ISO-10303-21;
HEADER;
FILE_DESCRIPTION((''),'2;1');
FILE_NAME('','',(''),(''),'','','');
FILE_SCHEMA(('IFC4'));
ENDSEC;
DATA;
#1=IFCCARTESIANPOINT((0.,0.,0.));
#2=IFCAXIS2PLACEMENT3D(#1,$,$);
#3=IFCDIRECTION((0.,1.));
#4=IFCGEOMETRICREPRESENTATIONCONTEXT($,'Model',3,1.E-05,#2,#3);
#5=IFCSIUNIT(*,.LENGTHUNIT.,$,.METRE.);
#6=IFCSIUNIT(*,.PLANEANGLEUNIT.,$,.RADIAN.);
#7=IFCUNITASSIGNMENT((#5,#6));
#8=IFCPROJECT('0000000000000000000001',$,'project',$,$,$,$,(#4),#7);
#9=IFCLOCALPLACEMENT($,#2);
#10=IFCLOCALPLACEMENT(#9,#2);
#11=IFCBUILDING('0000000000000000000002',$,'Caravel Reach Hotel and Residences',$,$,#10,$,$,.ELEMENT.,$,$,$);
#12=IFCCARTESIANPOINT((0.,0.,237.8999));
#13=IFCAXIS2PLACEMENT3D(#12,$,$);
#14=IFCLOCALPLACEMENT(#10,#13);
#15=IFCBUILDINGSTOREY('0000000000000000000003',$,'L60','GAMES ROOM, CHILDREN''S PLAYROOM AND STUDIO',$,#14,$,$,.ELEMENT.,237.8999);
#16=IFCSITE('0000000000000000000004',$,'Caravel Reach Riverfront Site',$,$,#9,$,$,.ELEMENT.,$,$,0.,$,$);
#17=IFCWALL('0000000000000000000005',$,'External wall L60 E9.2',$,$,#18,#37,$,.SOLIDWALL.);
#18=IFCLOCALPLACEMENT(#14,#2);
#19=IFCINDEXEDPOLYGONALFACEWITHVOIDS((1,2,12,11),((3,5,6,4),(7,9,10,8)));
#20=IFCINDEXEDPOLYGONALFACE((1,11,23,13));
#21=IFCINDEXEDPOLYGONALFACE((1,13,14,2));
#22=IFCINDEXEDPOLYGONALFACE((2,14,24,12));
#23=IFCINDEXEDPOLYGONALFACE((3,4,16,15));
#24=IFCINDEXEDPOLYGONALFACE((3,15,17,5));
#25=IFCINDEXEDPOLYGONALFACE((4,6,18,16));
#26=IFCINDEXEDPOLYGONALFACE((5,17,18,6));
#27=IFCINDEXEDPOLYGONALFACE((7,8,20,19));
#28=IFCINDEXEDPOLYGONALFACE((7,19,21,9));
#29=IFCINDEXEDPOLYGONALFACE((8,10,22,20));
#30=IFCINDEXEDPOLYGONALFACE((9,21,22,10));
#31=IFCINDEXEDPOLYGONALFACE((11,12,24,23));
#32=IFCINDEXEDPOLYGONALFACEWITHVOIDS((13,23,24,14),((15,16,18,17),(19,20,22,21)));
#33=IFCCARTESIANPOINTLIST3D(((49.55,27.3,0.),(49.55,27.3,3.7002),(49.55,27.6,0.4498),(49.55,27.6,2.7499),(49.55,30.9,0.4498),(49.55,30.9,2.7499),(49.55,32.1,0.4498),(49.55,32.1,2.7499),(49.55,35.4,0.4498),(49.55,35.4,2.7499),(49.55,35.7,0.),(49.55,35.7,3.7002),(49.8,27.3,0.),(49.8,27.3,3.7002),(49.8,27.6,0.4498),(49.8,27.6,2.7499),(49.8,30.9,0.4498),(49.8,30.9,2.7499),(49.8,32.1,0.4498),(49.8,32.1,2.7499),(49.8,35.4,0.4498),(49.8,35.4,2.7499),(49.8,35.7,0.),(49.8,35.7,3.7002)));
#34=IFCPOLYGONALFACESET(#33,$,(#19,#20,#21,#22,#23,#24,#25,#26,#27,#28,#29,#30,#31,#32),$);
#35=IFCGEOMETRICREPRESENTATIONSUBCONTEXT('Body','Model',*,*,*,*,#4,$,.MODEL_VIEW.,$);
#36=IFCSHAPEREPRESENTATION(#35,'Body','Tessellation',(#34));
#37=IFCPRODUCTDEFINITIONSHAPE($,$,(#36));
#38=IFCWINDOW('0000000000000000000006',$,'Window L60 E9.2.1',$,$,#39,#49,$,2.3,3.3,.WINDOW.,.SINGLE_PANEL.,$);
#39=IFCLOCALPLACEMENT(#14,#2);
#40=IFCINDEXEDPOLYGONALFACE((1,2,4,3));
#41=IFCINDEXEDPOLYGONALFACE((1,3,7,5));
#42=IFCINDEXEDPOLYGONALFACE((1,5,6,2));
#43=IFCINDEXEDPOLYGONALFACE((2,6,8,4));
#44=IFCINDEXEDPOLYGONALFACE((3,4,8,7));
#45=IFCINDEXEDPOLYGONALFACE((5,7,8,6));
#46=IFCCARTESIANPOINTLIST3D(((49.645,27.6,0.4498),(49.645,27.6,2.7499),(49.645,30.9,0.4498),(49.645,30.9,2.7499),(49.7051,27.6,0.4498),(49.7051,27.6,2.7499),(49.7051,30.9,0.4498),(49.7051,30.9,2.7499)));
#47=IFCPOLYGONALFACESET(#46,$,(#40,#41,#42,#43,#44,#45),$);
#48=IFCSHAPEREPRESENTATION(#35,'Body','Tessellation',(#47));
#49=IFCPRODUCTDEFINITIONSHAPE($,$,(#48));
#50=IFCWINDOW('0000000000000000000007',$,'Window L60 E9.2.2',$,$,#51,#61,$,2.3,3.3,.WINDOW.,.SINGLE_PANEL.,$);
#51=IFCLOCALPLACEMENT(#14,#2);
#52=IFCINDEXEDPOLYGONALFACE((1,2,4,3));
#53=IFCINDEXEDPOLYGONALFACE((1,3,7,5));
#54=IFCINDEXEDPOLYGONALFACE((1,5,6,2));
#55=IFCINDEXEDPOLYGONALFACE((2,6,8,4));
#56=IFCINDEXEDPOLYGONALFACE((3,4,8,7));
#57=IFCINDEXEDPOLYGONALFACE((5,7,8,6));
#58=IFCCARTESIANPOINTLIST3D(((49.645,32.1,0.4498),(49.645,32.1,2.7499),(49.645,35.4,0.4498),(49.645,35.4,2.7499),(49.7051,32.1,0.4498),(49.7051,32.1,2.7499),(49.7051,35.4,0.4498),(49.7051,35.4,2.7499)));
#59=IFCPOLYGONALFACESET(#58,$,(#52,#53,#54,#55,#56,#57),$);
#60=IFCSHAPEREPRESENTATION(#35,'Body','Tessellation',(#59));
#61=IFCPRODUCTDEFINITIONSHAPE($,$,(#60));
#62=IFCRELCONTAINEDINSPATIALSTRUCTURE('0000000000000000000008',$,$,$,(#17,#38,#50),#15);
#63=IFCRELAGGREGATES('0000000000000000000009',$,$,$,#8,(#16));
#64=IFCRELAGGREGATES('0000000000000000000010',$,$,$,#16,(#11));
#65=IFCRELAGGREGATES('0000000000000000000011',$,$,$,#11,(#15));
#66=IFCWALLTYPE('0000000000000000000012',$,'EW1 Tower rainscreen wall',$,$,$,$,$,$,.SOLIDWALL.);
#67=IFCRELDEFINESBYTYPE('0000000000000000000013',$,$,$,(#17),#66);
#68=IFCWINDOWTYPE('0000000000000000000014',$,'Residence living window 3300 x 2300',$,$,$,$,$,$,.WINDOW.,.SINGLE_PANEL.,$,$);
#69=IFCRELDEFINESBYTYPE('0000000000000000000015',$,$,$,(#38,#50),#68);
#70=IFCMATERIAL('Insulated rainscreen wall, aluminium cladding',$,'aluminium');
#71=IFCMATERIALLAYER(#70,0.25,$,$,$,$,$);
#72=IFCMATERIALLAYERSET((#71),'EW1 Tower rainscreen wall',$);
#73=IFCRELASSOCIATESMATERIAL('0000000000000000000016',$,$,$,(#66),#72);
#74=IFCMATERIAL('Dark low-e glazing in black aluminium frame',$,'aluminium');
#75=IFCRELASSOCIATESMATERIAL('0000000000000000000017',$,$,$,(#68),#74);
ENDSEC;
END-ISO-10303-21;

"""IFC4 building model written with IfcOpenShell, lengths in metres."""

from ifc_helpers import new_model, si_unit, direction, frame, frame_2d, origin, place, context, subcontext, project, spatial, rectangle, extrude, material, layer, layer_set, type_object, element, fill, save


model = new_model("IFC4")

# Units and contexts
model_context = context("Model", 3, precision=1e-05, world=origin(), true_north=direction((0.0, 1.0)))
body_context = subcontext(model_context, "Body", "Model", "MODEL_VIEW")
ifc_project = project(units=[si_unit("LENGTHUNIT", "METRE"), si_unit("PLANEANGLEUNIT", "RADIAN")], contexts=[model_context])

# Site, building, storey
site_placement = place(None, origin())
site = spatial("IfcSite", under=ifc_project, at=site_placement, Name="Caravel Reach Riverfront Site", CompositionType="ELEMENT", RefElevation=0.0)
building_placement = place(site_placement, origin())
building = spatial("IfcBuilding", under=site, at=building_placement, Name="Caravel Reach Hotel and Residences", CompositionType="ELEMENT")
storey_placement = place(building_placement, frame((0.0, 0.0, 237.8999)))
storey = spatial("IfcBuildingStorey", under=building, at=storey_placement, Name="L60", Description="GAMES ROOM, CHILDREN'S PLAYROOM AND STUDIO", CompositionType="ELEMENT", Elevation=237.8999)

# Wall, openings, windows
ifc_material_1 = material(Name="Insulated rainscreen wall, aluminium cladding", Category="aluminium")
ifc_layer_1 = layer(ifc_material_1, 0.25)
ifc_layer_set_1 = layer_set([ifc_layer_1], Name="EW1 Tower rainscreen wall")
wall_type_1 = type_object("IfcWallType", Name="EW1 Tower rainscreen wall", PredefinedType="SOLIDWALL", material=ifc_layer_set_1)
ifc_material_2 = material(Name="Dark low-e glazing in black aluminium frame", Category="aluminium")
window_type = type_object("IfcWindowType", Name="Residence living window 3300 x 2300", PartitioningType="SINGLE_PANEL", PredefinedType="WINDOW", material=ifc_material_2)
wall_1_placement = place(storey_placement, frame((49.675, 27.3, 0.0), z_axis=(0.0, 0.0, 1.0), x_axis=(0.0, 1.0, 0.0)))
wall_1 = element("IfcWall", 1, at=wall_1_placement, inside=storey, type_object=wall_type_1, Name="External wall L60 E9.2", PredefinedType="SOLIDWALL", context=body_context, shape_type="SweptSolid", body=[
    extrude(rectangle(XDim=8.3999, YDim=0.25, at=frame_2d((4.2, 0.0))), origin(), (0.0, 0.0, 1.0), 3.7002),
])
opening_1_placement = place(wall_1_placement, frame((0.3, 0.0, 0.45)))
opening_1 = element("IfcOpeningElement", 2, at=opening_1_placement, cuts=wall_1, PredefinedType="OPENING", context=body_context, shape_type="SweptSolid", body=[
    extrude(rectangle(XDim=3.3, YDim=2.3, at=frame_2d((1.6499, 1.1499))), frame((0.0, 0.135, 0.0), z_axis=(0.0, -1.0, 0.0), x_axis=(1.0, 0.0, 0.0)), (0.0, 0.0, 1.0), 0.27),
])
opening_2_placement = place(wall_1_placement, frame((4.8, 0.0, 0.45)))
opening_2 = element("IfcOpeningElement", 3, at=opening_2_placement, cuts=wall_1, PredefinedType="OPENING", context=body_context, shape_type="SweptSolid", body=[
    extrude(rectangle(XDim=3.3, YDim=2.3, at=frame_2d((1.6499, 1.1499))), frame((0.0, 0.135, 0.0), z_axis=(0.0, -1.0, 0.0), x_axis=(1.0, 0.0, 0.0)), (0.0, 0.0, 1.0), 0.27),
])
window_1_placement = place(opening_1_placement, origin())
window_1 = element("IfcWindow", 4, at=window_1_placement, inside=storey, type_object=window_type, Name="Window L60 E9.2.1", OverallHeight=2.3, OverallWidth=3.3, PartitioningType="SINGLE_PANEL", PredefinedType="WINDOW", context=body_context, shape_type="SweptSolid", body=[
    extrude(rectangle(XDim=3.3, YDim=2.3, at=frame_2d((1.6499, 1.1499))), frame((0.0, 0.03, 0.0), z_axis=(0.0, -1.0, 0.0), x_axis=(1.0, 0.0, 0.0)), (0.0, 0.0, 1.0), 0.0601),
])
fill(opening_1, window_1)
window_2_placement = place(opening_2_placement, origin())
window_2 = element("IfcWindow", 5, at=window_2_placement, inside=storey, type_object=window_type, Name="Window L60 E9.2.2", OverallHeight=2.3, OverallWidth=3.3, PartitioningType="SINGLE_PANEL", PredefinedType="WINDOW", context=body_context, shape_type="SweptSolid", body=[
    extrude(rectangle(XDim=3.3, YDim=2.3, at=frame_2d((1.6499, 1.1499))), frame((0.0, 0.03, 0.0), z_axis=(0.0, -1.0, 0.0), x_axis=(1.0, 0.0, 0.0)), (0.0, 0.0, 1.0), 0.0601),
])
fill(opening_2, window_2)

save(model, "model.ifc")
